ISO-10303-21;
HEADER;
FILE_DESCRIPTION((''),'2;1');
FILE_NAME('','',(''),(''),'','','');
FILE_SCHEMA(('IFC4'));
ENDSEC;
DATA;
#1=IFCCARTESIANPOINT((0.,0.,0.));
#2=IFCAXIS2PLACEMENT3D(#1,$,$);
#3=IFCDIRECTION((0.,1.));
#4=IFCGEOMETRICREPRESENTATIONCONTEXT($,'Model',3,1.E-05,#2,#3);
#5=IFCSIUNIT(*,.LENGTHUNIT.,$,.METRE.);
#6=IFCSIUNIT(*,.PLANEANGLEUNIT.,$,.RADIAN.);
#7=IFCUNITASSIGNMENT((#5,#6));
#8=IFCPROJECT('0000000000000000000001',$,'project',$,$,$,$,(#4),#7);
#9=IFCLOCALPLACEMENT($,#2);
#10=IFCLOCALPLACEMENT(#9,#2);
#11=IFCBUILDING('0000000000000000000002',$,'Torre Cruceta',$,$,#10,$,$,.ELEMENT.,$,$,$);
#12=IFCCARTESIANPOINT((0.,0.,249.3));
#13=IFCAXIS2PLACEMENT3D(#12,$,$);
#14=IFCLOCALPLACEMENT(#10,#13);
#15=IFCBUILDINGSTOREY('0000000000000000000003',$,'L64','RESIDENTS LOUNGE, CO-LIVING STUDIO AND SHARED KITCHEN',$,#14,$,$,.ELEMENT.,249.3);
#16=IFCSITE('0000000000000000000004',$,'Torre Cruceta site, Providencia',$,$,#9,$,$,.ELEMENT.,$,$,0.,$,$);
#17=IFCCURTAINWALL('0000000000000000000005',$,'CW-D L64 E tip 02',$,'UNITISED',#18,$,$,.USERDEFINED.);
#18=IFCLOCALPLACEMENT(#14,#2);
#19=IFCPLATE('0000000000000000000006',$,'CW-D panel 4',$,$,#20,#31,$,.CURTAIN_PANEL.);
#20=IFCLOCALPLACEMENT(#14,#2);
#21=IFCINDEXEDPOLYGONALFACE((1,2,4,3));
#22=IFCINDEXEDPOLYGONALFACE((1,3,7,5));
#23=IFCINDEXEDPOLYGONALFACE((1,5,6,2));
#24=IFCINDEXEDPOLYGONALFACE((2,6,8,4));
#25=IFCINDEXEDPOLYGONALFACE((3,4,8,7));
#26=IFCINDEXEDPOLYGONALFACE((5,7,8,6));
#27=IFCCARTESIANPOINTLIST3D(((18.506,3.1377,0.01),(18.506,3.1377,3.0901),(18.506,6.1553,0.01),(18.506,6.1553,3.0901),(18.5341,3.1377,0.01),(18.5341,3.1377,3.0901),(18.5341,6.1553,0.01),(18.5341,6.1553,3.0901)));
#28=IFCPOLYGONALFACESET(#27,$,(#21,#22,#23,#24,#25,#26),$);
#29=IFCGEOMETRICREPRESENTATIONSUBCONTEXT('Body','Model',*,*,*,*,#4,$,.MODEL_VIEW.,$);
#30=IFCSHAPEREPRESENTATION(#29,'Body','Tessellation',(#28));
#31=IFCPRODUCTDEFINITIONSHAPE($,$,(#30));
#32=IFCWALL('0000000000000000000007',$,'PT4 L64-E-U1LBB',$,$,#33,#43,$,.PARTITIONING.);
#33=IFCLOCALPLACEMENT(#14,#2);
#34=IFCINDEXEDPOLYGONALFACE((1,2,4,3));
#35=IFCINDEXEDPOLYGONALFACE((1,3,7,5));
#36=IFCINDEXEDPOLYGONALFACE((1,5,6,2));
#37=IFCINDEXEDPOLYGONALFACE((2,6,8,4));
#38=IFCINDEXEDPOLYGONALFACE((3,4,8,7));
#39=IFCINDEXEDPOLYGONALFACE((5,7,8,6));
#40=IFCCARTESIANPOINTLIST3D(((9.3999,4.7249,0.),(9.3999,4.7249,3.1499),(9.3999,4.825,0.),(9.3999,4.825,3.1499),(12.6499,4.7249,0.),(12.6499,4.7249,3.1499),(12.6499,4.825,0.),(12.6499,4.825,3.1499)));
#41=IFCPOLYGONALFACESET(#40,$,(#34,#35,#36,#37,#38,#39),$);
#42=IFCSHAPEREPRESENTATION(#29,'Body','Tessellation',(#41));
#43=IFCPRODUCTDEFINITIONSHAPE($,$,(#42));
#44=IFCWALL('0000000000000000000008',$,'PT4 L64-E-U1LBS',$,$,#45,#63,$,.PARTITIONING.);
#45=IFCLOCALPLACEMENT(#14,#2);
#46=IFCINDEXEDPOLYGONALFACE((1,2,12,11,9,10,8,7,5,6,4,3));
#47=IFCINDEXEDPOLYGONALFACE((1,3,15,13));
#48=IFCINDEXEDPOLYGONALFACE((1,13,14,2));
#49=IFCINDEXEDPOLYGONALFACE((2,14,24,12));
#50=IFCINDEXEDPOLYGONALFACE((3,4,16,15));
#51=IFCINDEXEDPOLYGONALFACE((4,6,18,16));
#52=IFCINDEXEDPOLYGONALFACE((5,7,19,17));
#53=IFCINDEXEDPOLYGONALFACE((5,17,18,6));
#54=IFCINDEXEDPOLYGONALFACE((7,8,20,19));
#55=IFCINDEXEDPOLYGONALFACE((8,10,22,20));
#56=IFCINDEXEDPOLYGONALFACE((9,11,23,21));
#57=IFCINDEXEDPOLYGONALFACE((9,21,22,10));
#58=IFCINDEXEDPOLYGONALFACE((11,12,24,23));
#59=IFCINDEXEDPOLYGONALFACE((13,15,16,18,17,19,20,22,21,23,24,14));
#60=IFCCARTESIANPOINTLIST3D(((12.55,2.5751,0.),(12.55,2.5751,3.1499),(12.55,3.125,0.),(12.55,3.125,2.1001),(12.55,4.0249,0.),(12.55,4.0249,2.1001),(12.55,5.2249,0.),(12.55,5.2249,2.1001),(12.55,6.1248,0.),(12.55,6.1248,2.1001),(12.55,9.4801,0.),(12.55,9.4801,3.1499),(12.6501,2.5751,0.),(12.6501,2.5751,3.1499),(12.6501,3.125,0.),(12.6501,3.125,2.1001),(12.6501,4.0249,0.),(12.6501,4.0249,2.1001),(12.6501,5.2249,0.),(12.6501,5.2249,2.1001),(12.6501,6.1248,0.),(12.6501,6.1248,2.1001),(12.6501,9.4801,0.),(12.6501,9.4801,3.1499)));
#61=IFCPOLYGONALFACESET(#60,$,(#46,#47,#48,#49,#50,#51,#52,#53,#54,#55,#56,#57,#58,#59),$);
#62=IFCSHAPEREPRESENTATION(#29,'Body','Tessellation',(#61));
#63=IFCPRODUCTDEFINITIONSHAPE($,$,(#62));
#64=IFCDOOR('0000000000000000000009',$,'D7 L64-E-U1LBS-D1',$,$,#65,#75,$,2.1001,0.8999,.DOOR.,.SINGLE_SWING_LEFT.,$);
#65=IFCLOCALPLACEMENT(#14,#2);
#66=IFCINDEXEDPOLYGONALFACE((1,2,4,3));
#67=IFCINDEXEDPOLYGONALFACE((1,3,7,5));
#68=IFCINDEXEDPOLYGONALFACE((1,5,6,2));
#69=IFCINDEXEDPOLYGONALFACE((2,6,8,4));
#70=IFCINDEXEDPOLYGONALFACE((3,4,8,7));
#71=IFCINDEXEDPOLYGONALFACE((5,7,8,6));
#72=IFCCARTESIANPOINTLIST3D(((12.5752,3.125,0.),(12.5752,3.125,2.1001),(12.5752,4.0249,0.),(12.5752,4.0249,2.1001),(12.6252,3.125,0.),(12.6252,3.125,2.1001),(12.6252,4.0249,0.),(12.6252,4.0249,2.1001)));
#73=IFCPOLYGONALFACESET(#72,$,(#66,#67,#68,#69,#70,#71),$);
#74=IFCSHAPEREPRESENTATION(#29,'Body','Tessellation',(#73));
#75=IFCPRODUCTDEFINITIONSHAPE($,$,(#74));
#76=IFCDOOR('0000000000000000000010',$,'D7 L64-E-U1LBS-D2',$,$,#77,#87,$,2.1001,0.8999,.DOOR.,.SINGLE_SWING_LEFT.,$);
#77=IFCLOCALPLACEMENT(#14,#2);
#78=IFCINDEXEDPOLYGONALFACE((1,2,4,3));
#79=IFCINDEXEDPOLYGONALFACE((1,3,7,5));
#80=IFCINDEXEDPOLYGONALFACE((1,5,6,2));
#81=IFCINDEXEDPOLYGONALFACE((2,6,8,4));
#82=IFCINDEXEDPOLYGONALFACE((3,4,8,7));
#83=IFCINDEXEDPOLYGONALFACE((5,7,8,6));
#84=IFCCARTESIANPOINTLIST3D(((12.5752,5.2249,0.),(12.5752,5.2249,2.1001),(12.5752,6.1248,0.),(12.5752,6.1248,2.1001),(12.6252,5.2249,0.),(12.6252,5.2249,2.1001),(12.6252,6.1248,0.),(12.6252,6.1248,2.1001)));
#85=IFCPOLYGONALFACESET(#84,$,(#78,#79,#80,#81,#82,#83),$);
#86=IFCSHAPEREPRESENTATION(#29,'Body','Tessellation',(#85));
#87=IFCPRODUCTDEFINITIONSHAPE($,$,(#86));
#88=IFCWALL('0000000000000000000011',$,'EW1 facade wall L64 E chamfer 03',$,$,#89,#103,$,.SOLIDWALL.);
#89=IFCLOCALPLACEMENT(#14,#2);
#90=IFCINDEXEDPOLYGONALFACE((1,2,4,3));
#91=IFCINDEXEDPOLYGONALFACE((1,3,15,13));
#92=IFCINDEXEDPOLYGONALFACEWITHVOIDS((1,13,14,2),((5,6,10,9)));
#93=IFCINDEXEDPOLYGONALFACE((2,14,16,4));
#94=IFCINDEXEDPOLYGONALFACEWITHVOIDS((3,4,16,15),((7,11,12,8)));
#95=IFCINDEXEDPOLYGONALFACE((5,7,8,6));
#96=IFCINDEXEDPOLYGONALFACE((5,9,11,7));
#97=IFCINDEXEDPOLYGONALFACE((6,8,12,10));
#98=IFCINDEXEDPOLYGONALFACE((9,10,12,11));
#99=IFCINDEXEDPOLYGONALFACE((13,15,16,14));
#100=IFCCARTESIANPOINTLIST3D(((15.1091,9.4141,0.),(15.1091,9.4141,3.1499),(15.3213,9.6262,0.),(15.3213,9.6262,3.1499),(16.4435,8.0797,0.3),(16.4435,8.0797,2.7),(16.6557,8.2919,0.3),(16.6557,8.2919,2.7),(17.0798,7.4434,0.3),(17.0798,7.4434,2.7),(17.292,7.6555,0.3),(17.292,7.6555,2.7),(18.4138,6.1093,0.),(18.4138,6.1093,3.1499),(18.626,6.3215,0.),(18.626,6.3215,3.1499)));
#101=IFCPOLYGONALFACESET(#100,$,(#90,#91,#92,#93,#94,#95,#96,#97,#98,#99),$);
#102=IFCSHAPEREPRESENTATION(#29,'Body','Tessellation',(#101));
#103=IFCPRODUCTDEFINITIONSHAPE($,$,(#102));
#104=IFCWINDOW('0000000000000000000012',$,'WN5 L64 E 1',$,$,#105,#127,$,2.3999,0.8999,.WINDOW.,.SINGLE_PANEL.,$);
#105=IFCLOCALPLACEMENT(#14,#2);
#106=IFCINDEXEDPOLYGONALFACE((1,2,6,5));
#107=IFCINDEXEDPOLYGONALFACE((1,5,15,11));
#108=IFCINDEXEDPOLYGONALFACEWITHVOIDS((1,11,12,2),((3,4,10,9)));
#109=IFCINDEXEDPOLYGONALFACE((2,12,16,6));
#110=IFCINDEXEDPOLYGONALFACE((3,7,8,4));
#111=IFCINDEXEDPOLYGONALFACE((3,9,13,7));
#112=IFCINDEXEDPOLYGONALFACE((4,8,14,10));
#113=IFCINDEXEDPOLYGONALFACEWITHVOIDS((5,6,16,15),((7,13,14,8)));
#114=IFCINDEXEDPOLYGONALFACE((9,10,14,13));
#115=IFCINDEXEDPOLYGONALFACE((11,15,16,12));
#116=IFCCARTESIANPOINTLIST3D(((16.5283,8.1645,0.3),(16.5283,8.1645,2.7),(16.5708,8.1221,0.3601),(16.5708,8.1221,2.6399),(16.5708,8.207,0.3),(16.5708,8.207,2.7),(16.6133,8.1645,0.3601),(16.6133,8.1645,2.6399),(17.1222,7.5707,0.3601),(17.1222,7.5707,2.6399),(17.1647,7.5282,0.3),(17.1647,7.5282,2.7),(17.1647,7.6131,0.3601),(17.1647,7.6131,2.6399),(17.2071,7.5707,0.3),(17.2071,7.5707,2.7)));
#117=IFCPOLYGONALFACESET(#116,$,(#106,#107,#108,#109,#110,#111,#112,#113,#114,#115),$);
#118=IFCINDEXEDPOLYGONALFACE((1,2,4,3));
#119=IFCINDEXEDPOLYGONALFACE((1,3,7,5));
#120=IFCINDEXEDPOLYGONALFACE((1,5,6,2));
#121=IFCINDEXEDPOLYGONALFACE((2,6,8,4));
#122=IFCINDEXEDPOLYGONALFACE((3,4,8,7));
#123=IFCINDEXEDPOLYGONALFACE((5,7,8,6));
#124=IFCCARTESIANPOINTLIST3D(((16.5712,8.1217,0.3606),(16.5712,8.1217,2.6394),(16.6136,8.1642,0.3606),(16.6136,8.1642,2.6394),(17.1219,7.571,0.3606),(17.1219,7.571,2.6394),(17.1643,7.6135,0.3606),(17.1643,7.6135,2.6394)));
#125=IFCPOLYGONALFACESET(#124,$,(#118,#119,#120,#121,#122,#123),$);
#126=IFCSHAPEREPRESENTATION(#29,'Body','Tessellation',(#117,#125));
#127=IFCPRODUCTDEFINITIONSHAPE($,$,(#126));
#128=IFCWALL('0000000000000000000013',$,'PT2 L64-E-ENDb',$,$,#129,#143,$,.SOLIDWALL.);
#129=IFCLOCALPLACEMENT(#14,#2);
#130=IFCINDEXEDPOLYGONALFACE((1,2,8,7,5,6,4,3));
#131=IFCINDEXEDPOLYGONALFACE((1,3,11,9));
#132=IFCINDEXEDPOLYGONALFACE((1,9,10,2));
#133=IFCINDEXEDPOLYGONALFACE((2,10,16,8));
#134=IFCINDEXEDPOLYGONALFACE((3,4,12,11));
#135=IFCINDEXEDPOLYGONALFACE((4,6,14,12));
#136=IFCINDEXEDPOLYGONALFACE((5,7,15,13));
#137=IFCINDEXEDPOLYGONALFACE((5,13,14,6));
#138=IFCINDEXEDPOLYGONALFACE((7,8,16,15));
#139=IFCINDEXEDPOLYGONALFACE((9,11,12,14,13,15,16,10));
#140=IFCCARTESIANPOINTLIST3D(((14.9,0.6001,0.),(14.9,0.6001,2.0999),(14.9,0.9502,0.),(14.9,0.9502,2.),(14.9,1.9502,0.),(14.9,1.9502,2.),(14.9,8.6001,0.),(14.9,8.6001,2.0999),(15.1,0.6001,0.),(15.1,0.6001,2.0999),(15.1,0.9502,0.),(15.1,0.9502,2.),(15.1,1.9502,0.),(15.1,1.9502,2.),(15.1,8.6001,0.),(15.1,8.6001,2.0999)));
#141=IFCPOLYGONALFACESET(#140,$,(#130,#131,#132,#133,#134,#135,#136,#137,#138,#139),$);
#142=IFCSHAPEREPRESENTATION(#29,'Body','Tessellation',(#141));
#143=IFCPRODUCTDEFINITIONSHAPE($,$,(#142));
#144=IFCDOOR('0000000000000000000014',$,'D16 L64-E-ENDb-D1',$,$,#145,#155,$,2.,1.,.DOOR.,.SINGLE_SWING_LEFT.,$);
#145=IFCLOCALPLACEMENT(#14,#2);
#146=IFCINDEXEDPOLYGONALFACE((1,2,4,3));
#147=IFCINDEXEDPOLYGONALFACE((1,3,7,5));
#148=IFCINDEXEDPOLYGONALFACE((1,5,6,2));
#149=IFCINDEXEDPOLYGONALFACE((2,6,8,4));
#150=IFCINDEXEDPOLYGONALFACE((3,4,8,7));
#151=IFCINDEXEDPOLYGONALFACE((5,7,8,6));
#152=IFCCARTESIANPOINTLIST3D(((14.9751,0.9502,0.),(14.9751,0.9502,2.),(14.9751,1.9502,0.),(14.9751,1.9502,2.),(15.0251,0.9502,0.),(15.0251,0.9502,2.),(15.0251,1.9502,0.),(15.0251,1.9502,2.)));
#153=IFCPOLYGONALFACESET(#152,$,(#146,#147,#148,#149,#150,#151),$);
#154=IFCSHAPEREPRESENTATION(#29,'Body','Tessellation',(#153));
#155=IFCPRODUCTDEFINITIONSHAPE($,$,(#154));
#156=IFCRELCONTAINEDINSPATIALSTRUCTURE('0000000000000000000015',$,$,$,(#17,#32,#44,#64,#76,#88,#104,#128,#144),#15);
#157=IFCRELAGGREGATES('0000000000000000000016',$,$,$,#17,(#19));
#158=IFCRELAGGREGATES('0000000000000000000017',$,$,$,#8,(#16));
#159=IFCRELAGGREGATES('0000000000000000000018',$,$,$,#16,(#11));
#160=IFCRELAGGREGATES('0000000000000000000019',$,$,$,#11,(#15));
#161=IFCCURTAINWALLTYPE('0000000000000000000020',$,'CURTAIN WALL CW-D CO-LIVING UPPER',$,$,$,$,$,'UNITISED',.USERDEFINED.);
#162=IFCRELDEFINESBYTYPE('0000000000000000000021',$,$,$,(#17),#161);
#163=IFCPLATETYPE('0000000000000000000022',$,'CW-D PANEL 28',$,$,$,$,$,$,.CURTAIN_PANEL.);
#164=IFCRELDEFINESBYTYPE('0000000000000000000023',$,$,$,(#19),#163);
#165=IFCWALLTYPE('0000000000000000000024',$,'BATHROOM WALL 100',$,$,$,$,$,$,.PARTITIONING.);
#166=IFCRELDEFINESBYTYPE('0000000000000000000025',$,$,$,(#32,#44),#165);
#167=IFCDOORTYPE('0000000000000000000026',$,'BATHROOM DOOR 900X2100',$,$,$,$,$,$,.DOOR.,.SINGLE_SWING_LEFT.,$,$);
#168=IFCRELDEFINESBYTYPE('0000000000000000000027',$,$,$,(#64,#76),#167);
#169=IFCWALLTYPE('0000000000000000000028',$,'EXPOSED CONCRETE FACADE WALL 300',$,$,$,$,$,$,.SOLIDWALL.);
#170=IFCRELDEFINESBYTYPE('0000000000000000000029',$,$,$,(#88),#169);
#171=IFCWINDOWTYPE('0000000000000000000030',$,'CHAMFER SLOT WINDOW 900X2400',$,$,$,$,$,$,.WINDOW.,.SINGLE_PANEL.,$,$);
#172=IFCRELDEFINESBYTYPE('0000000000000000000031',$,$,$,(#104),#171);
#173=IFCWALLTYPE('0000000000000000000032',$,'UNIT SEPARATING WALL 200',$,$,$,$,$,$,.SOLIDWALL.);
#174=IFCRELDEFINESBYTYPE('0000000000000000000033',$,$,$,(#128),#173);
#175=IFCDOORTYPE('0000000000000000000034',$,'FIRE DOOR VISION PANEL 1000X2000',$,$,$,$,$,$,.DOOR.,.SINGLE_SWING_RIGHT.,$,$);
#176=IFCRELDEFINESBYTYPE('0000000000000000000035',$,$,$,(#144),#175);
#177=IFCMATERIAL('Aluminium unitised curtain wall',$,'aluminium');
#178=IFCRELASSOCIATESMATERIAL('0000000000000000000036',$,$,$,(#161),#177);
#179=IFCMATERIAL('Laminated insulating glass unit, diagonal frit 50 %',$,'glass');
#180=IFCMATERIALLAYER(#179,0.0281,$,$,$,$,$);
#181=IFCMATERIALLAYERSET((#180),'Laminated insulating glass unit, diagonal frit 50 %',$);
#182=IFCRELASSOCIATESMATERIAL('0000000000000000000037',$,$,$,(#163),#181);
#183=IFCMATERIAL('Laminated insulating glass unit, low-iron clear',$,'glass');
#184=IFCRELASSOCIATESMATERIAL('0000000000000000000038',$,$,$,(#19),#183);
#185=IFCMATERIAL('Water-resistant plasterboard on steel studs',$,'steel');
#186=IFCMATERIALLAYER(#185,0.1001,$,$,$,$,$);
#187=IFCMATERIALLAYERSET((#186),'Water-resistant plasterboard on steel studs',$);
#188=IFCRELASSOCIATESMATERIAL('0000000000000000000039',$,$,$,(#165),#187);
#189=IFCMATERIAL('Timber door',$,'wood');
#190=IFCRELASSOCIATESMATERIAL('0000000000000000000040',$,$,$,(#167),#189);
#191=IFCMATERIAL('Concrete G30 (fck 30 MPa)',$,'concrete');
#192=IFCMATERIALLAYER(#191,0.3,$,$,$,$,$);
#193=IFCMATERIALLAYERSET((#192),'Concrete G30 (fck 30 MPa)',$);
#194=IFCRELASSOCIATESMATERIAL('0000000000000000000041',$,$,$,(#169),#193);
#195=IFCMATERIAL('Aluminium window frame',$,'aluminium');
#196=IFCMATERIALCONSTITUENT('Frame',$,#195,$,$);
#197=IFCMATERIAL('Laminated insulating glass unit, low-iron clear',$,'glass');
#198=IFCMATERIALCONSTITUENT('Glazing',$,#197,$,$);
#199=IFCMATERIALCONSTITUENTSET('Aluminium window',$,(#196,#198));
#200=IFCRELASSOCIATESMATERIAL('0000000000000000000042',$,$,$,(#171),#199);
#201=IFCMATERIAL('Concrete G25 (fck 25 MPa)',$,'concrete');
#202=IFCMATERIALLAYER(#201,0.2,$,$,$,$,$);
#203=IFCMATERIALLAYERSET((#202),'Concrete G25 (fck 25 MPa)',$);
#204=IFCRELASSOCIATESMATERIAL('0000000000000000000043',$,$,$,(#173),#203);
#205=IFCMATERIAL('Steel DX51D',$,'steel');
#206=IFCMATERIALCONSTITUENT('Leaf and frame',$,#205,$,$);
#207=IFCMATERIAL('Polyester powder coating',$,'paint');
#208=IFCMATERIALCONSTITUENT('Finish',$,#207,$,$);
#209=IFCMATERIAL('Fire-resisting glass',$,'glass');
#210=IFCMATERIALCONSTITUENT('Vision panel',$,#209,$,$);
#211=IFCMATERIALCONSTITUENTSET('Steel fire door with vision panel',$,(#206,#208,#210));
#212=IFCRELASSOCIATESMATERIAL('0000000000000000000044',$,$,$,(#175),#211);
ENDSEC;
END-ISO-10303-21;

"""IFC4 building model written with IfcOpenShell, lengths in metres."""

from ifc_helpers import new_model, si_unit, direction, frame, frame_2d, origin, origin_2d, place, context, subcontext, project, spatial, rectangle, hollow_rectangle, extrude, material, layer, layer_set, constituent, constituent_set, type_object, element, fill, aggregate, save


model = new_model("IFC4")

# Units and contexts
model_context = context("Model", 3, precision=1e-05, world=origin(), true_north=direction((0.0, 1.0)))
body_context = subcontext(model_context, "Body", "Model", "MODEL_VIEW")
ifc_project = project(units=[si_unit("LENGTHUNIT", "METRE"), si_unit("PLANEANGLEUNIT", "RADIAN")], contexts=[model_context])

# Site, building, storey
site_placement = place(None, origin())
site = spatial("IfcSite", under=ifc_project, at=site_placement, Name="Torre Cruceta site, Providencia", CompositionType="ELEMENT", RefElevation=0.0)
building_placement = place(site_placement, origin())
building = spatial("IfcBuilding", under=site, at=building_placement, Name="Torre Cruceta", CompositionType="ELEMENT")
storey_placement = place(building_placement, frame((0.0, 0.0, 249.3)))
storey = spatial("IfcBuildingStorey", under=building, at=storey_placement, Name="L64", Description="RESIDENTS LOUNGE, CO-LIVING STUDIO AND SHARED KITCHEN", CompositionType="ELEMENT", Elevation=249.3)

# Curtain wall
ifc_material_1 = material(Name="Aluminium unitised curtain wall", Category="aluminium")
curtain_wall_type = type_object("IfcCurtainWallType", Name="CURTAIN WALL CW-D CO-LIVING UPPER", ElementType="UNITISED", PredefinedType="USERDEFINED", material=ifc_material_1)
curtain_wall_placement = place(storey_placement, origin())
curtain_wall = element("IfcCurtainWall", 1, at=curtain_wall_placement, inside=storey, type_object=curtain_wall_type, Name="CW-D L64 E tip 02", ObjectType="UNITISED", PredefinedType="USERDEFINED")

# Plate
ifc_material_2 = material(Name="Laminated insulating glass unit, low-iron clear", Category="glass")
ifc_material_3 = material(Name="Laminated insulating glass unit, diagonal frit 50 %", Category="glass")
ifc_layer_1 = layer(ifc_material_3, 0.0281)
ifc_layer_set_1 = layer_set([ifc_layer_1], Name="Laminated insulating glass unit, diagonal frit 50 %")
plate_type = type_object("IfcPlateType", Name="CW-D PANEL 28", PredefinedType="CURTAIN_PANEL", material=ifc_layer_set_1)
plate_1_placement = place(storey_placement, frame((18.52, 4.6465, 0.01), z_axis=(0.0, 0.0, 1.0), x_axis=(0.0, 1.0, 0.0)))
plate_1 = element("IfcPlate", 2, at=plate_1_placement, type_object=plate_type, material=ifc_material_2, Name="CW-D panel 4", PredefinedType="CURTAIN_PANEL", context=body_context, shape_type="SweptSolid", body=[
    extrude(rectangle(XDim=3.0176, YDim=0.0281, at=origin_2d()), origin(), (0.0, 0.0, 1.0), 3.0801),
])
aggregate(curtain_wall, [plate_1])

# Wall
ifc_material_4 = material(Name="Water-resistant plasterboard on steel studs", Category="steel")
ifc_layer_2 = layer(ifc_material_4, 0.1001)
ifc_layer_set_2 = layer_set([ifc_layer_2], Name="Water-resistant plasterboard on steel studs")
wall_type_1 = type_object("IfcWallType", Name="BATHROOM WALL 100", PredefinedType="PARTITIONING", material=ifc_layer_set_2)
wall_1_placement = place(storey_placement, frame((9.3999, 4.7749, 0.0), z_axis=(0.0, 0.0, 1.0), x_axis=(1.0, 0.0, 0.0)))
element("IfcWall", 3, at=wall_1_placement, inside=storey, type_object=wall_type_1, Name="PT4 L64-E-U1LBB", PredefinedType="PARTITIONING", context=body_context, shape_type="SweptSolid", body=[
    extrude(rectangle(XDim=3.25, YDim=0.1001, at=frame_2d((1.625, 0.0))), origin(), (0.0, 0.0, 1.0), 3.1499),
])

# Wall, openings, doors
wall_2_placement = place(storey_placement, frame((12.6001, 2.575, 0.0), z_axis=(0.0, 0.0, 1.0), x_axis=(0.0, 1.0, 0.0)))
wall_2 = element("IfcWall", 4, at=wall_2_placement, inside=storey, type_object=wall_type_1, Name="PT4 L64-E-U1LBS", PredefinedType="PARTITIONING", context=body_context, shape_type="SweptSolid", body=[
    extrude(rectangle(XDim=6.905, YDim=0.1001, at=frame_2d((3.4526, 0.0))), origin(), (0.0, 0.0, 1.0), 3.1499),
])
opening_1_placement = place(wall_2_placement, frame((0.55, 0.0, 0.0)))
opening_1 = element("IfcOpeningElement", 5, at=opening_1_placement, cuts=wall_2, PredefinedType="OPENING", context=body_context, shape_type="SweptSolid", body=[
    extrude(rectangle(XDim=0.8999, YDim=2.1001, at=frame_2d((0.45, 1.05))), frame((0.0, 0.0601, 0.0), z_axis=(0.0, -1.0, 0.0), x_axis=(1.0, 0.0, 0.0)), (0.0, 0.0, 1.0), 0.1201),
])
opening_2_placement = place(wall_2_placement, frame((2.6499, 0.0, 0.0)))
opening_2 = element("IfcOpeningElement", 6, at=opening_2_placement, cuts=wall_2, PredefinedType="OPENING", context=body_context, shape_type="SweptSolid", body=[
    extrude(rectangle(XDim=0.8999, YDim=2.1001, at=frame_2d((0.45, 1.05))), frame((0.0, 0.0601, 0.0), z_axis=(0.0, -1.0, 0.0), x_axis=(1.0, 0.0, 0.0)), (0.0, 0.0, 1.0), 0.1201),
])
ifc_material_5 = material(Name="Timber door", Category="wood")
door_type_1 = type_object("IfcDoorType", Name="BATHROOM DOOR 900X2100", OperationType="SINGLE_SWING_LEFT", PredefinedType="DOOR", material=ifc_material_5)
door_1_placement = place(opening_1_placement, origin())
door_1 = element("IfcDoor", 7, at=door_1_placement, inside=storey, type_object=door_type_1, Name="D7 L64-E-U1LBS-D1", OperationType="SINGLE_SWING_LEFT", OverallHeight=2.1001, OverallWidth=0.8999, PredefinedType="DOOR", context=body_context, shape_type="SweptSolid", body=[
    extrude(rectangle(XDim=0.8999, YDim=2.1001, at=frame_2d((0.45, 1.05))), frame((0.0, 0.0249, 0.0), z_axis=(0.0, -1.0, 0.0), x_axis=(1.0, 0.0, 0.0)), (0.0, 0.0, 1.0), 0.05),
])
fill(opening_1, door_1)
door_2_placement = place(opening_2_placement, origin())
door_2 = element("IfcDoor", 8, at=door_2_placement, inside=storey, type_object=door_type_1, Name="D7 L64-E-U1LBS-D2", OperationType="SINGLE_SWING_LEFT", OverallHeight=2.1001, OverallWidth=0.8999, PredefinedType="DOOR", context=body_context, shape_type="SweptSolid", body=[
    extrude(rectangle(XDim=0.8999, YDim=2.1001, at=frame_2d((0.45, 1.05))), frame((0.0, 0.0249, 0.0), z_axis=(0.0, -1.0, 0.0), x_axis=(1.0, 0.0, 0.0)), (0.0, 0.0, 1.0), 0.05),
])
fill(opening_2, door_2)

# Wall, opening, window
ifc_material_6 = material(Name="Concrete G30 (fck 30 MPa)", Category="concrete")
ifc_layer_3 = layer(ifc_material_6, 0.3)
ifc_layer_set_3 = layer_set([ifc_layer_3], Name="Concrete G30 (fck 30 MPa)")
wall_type_2 = type_object("IfcWallType", Name="EXPOSED CONCRETE FACADE WALL 300", PredefinedType="SOLIDWALL", material=ifc_layer_set_3)
wall_3_placement = place(storey_placement, frame((18.52, 6.2153, 0.0), z_axis=(0.0, 0.0, 1.0), x_axis=(-0.707107, 0.707107, 0.0)))
wall_3 = element("IfcWall", 9, at=wall_3_placement, inside=storey, type_object=wall_type_2, Name="EW1 facade wall L64 E chamfer 03", PredefinedType="SOLIDWALL", context=body_context, shape_type="SweptSolid", body=[
    extrude(rectangle(XDim=4.6736, YDim=0.3, at=frame_2d((2.3369, 0.0))), origin(), (0.0, 0.0, 1.0), 3.1499),
])
opening_3_placement = place(wall_3_placement, frame((1.8867, 0.0, 0.3)))
opening_3 = element("IfcOpeningElement", 10, at=opening_3_placement, cuts=wall_3, PredefinedType="OPENING", context=body_context, shape_type="SweptSolid", body=[
    extrude(rectangle(XDim=0.8999, YDim=2.3999, at=frame_2d((0.45, 1.2))), frame((0.0, 0.1599, 0.0), z_axis=(0.0, -1.0, 0.0), x_axis=(1.0, 0.0, 0.0)), (0.0, 0.0, 1.0), 0.3201),
])
ifc_material_7 = material(Name="Aluminium window frame", Category="aluminium")
ifc_constituent_1 = constituent(ifc_material_7, Name="Frame")
ifc_material_8 = material(Name="Laminated insulating glass unit, low-iron clear", Category="glass")
ifc_constituent_2 = constituent(ifc_material_8, Name="Glazing")
ifc_constituent_set_1 = constituent_set(constituents=[ifc_constituent_1, ifc_constituent_2], Name="Aluminium window")
window_type = type_object("IfcWindowType", Name="CHAMFER SLOT WINDOW 900X2400", PartitioningType="SINGLE_PANEL", PredefinedType="WINDOW", material=ifc_constituent_set_1)
window_placement = place(opening_3_placement, origin())
window = element("IfcWindow", 11, at=window_placement, inside=storey, type_object=window_type, Name="WN5 L64 E 1", OverallHeight=2.3999, OverallWidth=0.8999, PartitioningType="SINGLE_PANEL", PredefinedType="WINDOW", context=body_context, shape_type="SweptSolid", body=[
    extrude(hollow_rectangle(XDim=0.8999, YDim=2.3999, WallThickness=0.0601, at=frame_2d((0.45, 1.2))), frame((0.0, 0.03, 0.0), z_axis=(0.0, -1.0, 0.0), x_axis=(1.0, 0.0, 0.0)), (0.0, 0.0, 1.0), 0.0601),
    extrude(rectangle(XDim=0.7788, YDim=2.2788, at=frame_2d((0.45, 1.2))), frame((0.0, 0.03, 0.0), z_axis=(0.0, -1.0, 0.0), x_axis=(1.0, 0.0, 0.0)), (0.0, 0.0, 1.0), 0.0601),
])
fill(opening_3, window)

# Wall, opening, door
ifc_material_9 = material(Name="Concrete G25 (fck 25 MPa)", Category="concrete")
ifc_layer_4 = layer(ifc_material_9, 0.2)
ifc_layer_set_4 = layer_set([ifc_layer_4], Name="Concrete G25 (fck 25 MPa)")
wall_type_3 = type_object("IfcWallType", Name="UNIT SEPARATING WALL 200", PredefinedType="SOLIDWALL", material=ifc_layer_set_4)
wall_4_placement = place(storey_placement, frame((15.0, 0.6001, 0.0), z_axis=(0.0, 0.0, 1.0), x_axis=(0.0, 1.0, 0.0)))
wall_4 = element("IfcWall", 12, at=wall_4_placement, inside=storey, type_object=wall_type_3, Name="PT2 L64-E-ENDb", PredefinedType="SOLIDWALL", context=body_context, shape_type="SweptSolid", body=[
    extrude(rectangle(XDim=8.0, YDim=0.2, at=frame_2d((4.0, 0.0))), origin(), (0.0, 0.0, 1.0), 2.0999),
])
opening_4_placement = place(wall_4_placement, frame((0.3501, 0.0, 0.0)))
opening_4 = element("IfcOpeningElement", 13, at=opening_4_placement, cuts=wall_4, PredefinedType="OPENING", context=body_context, shape_type="SweptSolid", body=[
    extrude(rectangle(XDim=1.0, YDim=2.0, at=frame_2d((0.5, 1.0))), frame((0.0, 0.1099, 0.0), z_axis=(0.0, -1.0, 0.0), x_axis=(1.0, 0.0, 0.0)), (0.0, 0.0, 1.0), 0.22),
])
ifc_material_10 = material(Name="Steel DX51D", Category="steel")
ifc_constituent_3 = constituent(ifc_material_10, Name="Leaf and frame")
ifc_material_11 = material(Name="Polyester powder coating", Category="paint")
ifc_constituent_4 = constituent(ifc_material_11, Name="Finish")
ifc_material_12 = material(Name="Fire-resisting glass", Category="glass")
ifc_constituent_5 = constituent(ifc_material_12, Name="Vision panel")
ifc_constituent_set_2 = constituent_set(constituents=[ifc_constituent_3, ifc_constituent_4, ifc_constituent_5], Name="Steel fire door with vision panel")
door_type_2 = type_object("IfcDoorType", Name="FIRE DOOR VISION PANEL 1000X2000", OperationType="SINGLE_SWING_RIGHT", PredefinedType="DOOR", material=ifc_constituent_set_2)
door_3_placement = place(opening_4_placement, frame((1.0, 0.0, 0.0), z_axis=(0.0, 0.0, 1.0), x_axis=(-1.0, 0.0, 0.0)))
door_3 = element("IfcDoor", 14, at=door_3_placement, inside=storey, type_object=door_type_2, Name="D16 L64-E-ENDb-D1", OperationType="SINGLE_SWING_LEFT", OverallHeight=2.0, OverallWidth=1.0, PredefinedType="DOOR", context=body_context, shape_type="SweptSolid", body=[
    extrude(rectangle(XDim=1.0, YDim=2.0, at=frame_2d((0.5, 1.0))), frame((0.0, 0.0251, 0.0), z_axis=(0.0, -1.0, 0.0), x_axis=(1.0, 0.0, 0.0)), (0.0, 0.0, 1.0), 0.05),
])
fill(opening_4, door_3)

save(model, "model.ifc")
